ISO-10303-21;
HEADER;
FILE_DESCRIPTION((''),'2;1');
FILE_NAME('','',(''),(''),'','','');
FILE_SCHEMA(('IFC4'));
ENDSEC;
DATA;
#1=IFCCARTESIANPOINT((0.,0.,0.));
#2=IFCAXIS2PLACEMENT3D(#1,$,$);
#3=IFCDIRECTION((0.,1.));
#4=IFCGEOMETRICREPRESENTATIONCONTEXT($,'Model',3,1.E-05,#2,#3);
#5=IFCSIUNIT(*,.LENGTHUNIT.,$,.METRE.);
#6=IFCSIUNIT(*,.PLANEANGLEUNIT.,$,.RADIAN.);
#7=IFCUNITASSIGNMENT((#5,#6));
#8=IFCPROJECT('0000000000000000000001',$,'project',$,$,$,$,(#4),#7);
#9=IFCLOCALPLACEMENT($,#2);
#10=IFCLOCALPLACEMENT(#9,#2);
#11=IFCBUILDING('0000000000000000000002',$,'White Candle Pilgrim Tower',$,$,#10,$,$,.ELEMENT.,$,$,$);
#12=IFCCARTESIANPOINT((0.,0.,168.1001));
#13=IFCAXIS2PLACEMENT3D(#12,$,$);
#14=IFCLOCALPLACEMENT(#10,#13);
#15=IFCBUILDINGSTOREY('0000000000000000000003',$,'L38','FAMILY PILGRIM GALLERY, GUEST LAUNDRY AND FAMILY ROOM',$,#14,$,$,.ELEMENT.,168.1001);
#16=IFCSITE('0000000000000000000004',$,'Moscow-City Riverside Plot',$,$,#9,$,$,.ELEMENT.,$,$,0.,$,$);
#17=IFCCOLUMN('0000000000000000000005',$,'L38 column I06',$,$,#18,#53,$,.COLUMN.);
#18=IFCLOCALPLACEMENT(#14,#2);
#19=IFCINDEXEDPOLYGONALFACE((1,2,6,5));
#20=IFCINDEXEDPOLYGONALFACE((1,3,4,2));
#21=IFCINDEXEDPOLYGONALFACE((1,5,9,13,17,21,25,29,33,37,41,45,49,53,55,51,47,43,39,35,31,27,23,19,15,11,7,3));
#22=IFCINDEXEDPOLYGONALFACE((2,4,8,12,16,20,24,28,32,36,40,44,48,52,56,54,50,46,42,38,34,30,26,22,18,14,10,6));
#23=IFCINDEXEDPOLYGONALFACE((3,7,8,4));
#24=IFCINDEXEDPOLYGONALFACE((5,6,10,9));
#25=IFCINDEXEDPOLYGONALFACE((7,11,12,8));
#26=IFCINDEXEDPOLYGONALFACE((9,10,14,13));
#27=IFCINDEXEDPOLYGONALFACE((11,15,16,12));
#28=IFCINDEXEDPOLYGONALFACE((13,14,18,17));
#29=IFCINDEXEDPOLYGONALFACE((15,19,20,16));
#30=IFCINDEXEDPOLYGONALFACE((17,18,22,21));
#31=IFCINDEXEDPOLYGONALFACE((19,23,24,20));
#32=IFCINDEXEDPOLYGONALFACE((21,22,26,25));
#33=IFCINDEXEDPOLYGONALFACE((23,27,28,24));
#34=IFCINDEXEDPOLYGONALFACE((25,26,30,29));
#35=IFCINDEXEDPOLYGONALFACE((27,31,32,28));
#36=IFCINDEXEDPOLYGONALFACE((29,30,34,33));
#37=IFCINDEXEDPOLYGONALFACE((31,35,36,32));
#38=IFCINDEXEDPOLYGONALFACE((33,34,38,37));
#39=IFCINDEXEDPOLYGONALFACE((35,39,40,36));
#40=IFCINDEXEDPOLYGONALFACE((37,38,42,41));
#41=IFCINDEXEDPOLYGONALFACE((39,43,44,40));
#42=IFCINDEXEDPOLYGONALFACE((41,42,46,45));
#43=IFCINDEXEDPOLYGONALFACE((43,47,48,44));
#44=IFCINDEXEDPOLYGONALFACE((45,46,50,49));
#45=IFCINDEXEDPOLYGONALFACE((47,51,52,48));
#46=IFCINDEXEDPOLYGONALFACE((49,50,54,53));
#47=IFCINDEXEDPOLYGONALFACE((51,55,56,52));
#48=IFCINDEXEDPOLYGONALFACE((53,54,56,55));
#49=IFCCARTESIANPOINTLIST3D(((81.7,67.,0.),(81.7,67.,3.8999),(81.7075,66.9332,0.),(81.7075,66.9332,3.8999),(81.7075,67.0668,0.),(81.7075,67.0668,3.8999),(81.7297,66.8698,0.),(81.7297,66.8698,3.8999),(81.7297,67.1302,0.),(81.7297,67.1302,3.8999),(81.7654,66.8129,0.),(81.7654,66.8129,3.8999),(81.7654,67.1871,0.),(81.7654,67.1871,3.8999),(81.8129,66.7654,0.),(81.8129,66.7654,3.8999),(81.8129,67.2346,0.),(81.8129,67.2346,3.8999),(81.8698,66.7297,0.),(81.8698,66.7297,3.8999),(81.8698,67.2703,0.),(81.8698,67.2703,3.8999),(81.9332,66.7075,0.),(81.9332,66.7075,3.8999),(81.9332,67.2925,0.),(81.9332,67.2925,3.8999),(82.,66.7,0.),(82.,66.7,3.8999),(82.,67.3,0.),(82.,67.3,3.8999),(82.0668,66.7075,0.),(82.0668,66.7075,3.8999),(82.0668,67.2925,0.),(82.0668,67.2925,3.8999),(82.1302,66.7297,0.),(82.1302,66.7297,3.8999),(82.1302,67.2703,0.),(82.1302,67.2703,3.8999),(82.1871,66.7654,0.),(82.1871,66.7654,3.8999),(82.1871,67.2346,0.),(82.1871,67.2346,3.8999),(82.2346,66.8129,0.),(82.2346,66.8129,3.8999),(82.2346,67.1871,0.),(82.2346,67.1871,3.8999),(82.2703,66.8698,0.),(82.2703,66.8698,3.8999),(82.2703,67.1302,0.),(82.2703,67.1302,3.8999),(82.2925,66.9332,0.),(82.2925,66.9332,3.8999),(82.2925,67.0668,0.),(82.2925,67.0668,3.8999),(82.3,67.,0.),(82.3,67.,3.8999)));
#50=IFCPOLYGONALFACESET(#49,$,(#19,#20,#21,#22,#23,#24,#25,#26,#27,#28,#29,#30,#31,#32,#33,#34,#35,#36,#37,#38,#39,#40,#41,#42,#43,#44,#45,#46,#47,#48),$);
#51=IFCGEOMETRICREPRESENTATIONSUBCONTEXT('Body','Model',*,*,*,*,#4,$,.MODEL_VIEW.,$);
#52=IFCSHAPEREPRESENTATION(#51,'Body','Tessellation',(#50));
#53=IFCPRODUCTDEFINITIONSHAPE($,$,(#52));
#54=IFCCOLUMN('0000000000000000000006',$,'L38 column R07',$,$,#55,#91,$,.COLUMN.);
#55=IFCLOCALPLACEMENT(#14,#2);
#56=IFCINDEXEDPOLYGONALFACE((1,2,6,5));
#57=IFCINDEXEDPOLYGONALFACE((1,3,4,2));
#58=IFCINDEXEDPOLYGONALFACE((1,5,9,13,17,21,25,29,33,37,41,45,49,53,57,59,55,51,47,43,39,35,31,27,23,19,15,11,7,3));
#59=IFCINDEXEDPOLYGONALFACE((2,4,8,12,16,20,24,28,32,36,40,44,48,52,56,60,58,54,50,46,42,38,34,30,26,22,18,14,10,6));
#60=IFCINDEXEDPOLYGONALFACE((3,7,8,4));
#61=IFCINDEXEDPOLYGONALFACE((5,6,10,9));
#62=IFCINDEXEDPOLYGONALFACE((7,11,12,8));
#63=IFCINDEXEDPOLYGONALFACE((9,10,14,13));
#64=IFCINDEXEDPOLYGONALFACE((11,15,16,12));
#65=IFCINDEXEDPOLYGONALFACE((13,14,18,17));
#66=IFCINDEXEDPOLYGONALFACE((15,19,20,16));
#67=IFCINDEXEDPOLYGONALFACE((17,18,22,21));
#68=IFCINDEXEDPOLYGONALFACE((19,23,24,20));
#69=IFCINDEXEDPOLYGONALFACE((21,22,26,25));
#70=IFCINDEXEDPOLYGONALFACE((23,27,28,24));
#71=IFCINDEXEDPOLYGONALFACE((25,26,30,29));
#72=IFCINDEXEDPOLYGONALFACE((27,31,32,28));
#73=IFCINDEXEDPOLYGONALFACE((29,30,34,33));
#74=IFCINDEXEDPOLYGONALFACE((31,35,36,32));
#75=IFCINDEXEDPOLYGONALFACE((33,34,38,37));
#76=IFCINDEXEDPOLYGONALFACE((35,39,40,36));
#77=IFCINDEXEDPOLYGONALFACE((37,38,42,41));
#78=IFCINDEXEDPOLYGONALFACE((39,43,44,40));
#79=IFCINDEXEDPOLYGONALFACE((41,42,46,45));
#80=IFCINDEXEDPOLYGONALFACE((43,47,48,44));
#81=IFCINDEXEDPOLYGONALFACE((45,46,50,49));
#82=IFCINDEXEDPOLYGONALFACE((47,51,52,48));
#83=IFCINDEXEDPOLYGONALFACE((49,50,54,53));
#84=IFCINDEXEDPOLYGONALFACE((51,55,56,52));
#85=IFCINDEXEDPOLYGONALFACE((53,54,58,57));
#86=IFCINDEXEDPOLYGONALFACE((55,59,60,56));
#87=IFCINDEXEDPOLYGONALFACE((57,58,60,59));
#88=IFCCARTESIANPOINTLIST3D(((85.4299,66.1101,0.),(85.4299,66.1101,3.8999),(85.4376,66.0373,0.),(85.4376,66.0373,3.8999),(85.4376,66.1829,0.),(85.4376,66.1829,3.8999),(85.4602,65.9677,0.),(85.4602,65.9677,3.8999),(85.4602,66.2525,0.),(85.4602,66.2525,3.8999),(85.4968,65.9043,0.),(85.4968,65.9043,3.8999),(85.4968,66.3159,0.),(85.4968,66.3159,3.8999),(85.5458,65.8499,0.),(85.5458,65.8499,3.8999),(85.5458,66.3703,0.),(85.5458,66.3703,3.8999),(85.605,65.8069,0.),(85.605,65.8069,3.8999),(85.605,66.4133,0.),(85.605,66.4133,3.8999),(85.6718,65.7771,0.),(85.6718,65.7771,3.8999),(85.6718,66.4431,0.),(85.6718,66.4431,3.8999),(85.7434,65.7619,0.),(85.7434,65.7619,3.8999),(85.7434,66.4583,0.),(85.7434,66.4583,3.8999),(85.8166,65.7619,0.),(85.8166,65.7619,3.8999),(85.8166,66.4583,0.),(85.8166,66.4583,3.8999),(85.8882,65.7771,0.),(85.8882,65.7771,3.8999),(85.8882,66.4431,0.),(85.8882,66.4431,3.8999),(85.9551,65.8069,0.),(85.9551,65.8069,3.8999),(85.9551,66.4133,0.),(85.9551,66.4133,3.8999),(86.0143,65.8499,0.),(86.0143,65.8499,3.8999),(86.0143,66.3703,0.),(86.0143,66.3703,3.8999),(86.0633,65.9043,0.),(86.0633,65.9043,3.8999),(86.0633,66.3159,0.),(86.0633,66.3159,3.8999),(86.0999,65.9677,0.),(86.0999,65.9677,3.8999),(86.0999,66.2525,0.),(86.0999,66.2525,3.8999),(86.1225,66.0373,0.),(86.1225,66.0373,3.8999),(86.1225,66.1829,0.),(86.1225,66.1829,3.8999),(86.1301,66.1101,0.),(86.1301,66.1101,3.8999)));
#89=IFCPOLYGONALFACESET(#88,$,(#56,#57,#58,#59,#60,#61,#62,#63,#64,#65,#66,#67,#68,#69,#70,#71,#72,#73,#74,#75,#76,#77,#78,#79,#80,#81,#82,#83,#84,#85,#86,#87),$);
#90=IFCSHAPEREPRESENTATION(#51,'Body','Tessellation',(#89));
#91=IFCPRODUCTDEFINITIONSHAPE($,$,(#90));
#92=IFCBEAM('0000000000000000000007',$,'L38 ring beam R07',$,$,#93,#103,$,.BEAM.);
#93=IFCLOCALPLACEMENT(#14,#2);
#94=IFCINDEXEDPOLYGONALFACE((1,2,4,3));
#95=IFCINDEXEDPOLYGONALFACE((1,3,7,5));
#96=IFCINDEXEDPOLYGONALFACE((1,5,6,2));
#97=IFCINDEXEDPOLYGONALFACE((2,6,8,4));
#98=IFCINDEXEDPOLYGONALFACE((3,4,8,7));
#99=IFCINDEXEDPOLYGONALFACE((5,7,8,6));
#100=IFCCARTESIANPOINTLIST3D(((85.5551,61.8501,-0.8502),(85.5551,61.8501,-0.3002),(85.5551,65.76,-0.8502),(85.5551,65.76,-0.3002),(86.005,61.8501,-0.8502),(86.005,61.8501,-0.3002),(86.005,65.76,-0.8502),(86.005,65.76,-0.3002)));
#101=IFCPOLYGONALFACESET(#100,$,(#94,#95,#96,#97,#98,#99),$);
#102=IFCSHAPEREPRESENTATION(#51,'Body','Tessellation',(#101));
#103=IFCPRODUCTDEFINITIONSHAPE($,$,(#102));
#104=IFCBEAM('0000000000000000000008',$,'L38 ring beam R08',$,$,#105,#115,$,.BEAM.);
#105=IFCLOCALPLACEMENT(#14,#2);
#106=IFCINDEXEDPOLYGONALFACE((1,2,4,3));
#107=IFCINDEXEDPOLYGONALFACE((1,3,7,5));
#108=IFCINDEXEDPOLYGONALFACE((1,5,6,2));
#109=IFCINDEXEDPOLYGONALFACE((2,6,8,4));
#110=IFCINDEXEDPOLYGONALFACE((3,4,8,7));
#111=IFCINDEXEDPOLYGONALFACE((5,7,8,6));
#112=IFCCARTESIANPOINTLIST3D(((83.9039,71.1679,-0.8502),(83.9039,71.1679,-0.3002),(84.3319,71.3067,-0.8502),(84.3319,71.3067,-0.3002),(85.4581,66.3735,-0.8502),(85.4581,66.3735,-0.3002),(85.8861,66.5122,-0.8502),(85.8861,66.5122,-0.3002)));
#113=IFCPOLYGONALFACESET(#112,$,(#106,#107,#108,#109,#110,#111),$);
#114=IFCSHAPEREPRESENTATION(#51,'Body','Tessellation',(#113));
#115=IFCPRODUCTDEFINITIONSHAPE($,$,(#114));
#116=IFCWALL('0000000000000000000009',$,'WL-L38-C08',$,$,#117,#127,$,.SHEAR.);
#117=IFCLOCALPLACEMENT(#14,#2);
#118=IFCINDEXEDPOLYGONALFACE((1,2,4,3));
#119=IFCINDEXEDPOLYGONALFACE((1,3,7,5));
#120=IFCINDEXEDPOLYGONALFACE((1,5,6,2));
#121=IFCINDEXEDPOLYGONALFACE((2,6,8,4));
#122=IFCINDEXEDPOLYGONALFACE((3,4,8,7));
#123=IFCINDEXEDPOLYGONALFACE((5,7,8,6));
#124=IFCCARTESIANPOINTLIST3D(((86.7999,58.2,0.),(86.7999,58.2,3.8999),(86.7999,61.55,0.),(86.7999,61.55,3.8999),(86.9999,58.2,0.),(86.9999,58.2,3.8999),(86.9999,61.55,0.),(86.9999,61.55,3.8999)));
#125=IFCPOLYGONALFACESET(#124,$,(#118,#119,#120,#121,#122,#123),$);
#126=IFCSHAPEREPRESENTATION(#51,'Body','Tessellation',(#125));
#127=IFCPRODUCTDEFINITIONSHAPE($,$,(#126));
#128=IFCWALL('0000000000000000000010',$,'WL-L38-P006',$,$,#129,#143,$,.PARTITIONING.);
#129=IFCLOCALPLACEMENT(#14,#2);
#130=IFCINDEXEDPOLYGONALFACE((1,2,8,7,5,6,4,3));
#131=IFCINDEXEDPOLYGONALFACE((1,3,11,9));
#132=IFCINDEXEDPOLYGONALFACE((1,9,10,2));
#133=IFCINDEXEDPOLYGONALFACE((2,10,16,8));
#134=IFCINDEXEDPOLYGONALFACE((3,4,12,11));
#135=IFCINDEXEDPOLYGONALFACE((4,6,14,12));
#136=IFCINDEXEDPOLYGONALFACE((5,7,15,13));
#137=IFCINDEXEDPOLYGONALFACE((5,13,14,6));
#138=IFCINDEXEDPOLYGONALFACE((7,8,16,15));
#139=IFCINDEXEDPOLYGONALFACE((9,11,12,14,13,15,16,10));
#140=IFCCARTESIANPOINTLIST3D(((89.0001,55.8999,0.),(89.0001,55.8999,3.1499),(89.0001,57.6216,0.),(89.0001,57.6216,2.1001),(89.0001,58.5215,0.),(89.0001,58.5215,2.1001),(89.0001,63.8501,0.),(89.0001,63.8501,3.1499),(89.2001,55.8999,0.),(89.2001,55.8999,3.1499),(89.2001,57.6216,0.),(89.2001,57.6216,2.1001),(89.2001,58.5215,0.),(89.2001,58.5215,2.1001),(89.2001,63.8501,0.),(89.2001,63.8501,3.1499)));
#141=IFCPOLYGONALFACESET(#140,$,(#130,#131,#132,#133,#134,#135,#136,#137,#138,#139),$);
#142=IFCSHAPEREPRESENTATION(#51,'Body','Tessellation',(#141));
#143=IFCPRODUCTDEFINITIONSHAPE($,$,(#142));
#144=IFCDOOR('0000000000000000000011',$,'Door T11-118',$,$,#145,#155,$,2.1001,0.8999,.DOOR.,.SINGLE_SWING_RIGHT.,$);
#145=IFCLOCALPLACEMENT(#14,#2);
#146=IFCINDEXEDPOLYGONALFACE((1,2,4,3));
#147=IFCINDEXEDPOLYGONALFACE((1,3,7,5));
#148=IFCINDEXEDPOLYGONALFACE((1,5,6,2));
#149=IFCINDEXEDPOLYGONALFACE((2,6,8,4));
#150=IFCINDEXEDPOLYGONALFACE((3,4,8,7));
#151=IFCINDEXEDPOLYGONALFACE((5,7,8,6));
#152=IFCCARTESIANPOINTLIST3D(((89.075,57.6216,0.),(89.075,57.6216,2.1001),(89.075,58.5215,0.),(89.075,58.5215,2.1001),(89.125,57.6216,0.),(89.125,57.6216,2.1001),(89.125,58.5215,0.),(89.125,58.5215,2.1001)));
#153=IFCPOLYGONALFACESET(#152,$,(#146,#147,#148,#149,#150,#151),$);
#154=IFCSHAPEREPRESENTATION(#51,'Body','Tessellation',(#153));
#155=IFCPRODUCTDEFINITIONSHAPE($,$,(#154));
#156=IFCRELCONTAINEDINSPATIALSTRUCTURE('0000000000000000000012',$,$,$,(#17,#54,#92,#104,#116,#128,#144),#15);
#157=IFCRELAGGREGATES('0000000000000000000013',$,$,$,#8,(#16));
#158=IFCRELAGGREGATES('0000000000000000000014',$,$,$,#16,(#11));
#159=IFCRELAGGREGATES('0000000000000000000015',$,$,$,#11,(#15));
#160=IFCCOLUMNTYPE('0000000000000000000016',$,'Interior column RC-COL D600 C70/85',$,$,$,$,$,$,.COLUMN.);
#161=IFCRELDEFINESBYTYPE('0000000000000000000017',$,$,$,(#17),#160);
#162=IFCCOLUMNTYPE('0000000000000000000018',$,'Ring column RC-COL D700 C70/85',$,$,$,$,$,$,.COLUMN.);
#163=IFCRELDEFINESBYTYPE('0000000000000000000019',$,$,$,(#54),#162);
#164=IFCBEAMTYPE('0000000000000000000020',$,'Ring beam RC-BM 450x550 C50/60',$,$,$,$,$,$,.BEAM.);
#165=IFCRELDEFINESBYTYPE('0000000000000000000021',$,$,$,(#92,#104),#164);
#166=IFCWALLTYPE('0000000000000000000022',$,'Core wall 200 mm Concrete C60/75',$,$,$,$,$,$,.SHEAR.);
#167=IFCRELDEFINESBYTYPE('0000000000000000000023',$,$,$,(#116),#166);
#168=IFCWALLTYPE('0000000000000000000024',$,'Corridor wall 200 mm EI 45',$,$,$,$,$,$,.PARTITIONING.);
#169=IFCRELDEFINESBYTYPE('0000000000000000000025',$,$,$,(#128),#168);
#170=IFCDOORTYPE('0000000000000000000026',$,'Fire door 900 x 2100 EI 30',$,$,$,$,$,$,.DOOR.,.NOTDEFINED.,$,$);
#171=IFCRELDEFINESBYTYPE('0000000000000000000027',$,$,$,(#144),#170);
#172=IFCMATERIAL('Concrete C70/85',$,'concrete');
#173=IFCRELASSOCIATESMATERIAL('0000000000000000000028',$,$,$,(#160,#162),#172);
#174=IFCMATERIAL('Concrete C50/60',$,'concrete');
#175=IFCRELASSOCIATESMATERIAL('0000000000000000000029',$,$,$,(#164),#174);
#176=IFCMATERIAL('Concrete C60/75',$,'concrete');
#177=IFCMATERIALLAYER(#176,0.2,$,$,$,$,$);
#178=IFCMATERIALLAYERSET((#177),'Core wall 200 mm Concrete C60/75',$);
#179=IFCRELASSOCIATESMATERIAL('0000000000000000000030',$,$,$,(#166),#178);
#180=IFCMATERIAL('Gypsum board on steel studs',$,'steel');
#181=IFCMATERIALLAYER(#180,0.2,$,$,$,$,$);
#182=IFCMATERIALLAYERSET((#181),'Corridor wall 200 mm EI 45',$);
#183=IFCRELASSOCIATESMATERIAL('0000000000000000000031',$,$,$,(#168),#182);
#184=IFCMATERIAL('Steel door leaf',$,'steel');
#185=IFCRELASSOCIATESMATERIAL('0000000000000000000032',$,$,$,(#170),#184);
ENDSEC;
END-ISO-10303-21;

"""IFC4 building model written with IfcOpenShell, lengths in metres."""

from ifc_helpers import new_model, si_unit, direction, frame, frame_2d, origin, origin_2d, place, context, subcontext, project, spatial, rectangle, circle, extrude, material, layer, layer_set, material_profile, profile_set, type_object, element, fill, save


model = new_model("IFC4")

# Units and contexts
model_context = context("Model", 3, precision=1e-05, world=origin(), true_north=direction((0.0, 1.0)))
body_context = subcontext(model_context, "Body", "Model", "MODEL_VIEW")
ifc_project = project(units=[si_unit("LENGTHUNIT", "METRE"), si_unit("PLANEANGLEUNIT", "RADIAN")], contexts=[model_context])

# Site, building, storey
site_placement = place(None, origin())
site = spatial("IfcSite", under=ifc_project, at=site_placement, Name="Moscow-City Riverside Plot", CompositionType="ELEMENT", RefElevation=0.0)
building_placement = place(site_placement, origin())
building = spatial("IfcBuilding", under=site, at=building_placement, Name="White Candle Pilgrim Tower", CompositionType="ELEMENT")
storey_placement = place(building_placement, frame((0.0, 0.0, 168.1001)))
storey = spatial("IfcBuildingStorey", under=building, at=storey_placement, Name="L38", Description="FAMILY PILGRIM GALLERY, GUEST LAUNDRY AND FAMILY ROOM", CompositionType="ELEMENT", Elevation=168.1001)

# Columns
ifc_material_1 = material(Name="Concrete C70/85", Category="concrete")
ifc_material_profile_1 = material_profile(ifc_material_1, circle(Radius=0.3, at=origin_2d()), Name="RC-COL D600")
ifc_profile_set_1 = profile_set([ifc_material_profile_1], Name="Concrete C70/85")
column_type_1 = type_object("IfcColumnType", Name="Interior column RC-COL D600 C70/85", PredefinedType="COLUMN", material=ifc_profile_set_1)
column_1_placement = place(storey_placement, frame((82.0, 67.0, 0.0), z_axis=(0.0, 0.0, 1.0), x_axis=(1.0, 0.0, 0.0)))
element("IfcColumn", 1, at=column_1_placement, inside=storey, type_object=column_type_1, Name="L38 column I06", PredefinedType="COLUMN", context=body_context, shape_type="SweptSolid", body=[
    extrude(circle(Radius=0.3, at=origin_2d()), origin(), (0.0, 0.0, 1.0), 3.8999),
])
ifc_material_profile_2 = material_profile(ifc_material_1, circle(Radius=0.3501, at=origin_2d()), Name="RC-COL D700")
ifc_profile_set_2 = profile_set([ifc_material_profile_2], Name="Concrete C70/85")
column_type_2 = type_object("IfcColumnType", Name="Ring column RC-COL D700 C70/85", PredefinedType="COLUMN", material=ifc_profile_set_2)
column_2_placement = place(storey_placement, frame((85.78, 66.1101, 0.0), z_axis=(0.0, 0.0, 1.0), x_axis=(1.0, 0.0, 0.0)))
element("IfcColumn", 2, at=column_2_placement, inside=storey, type_object=column_type_2, Name="L38 column R07", PredefinedType="COLUMN", context=body_context, shape_type="SweptSolid", body=[
    extrude(circle(Radius=0.3501, at=origin_2d()), origin(), (0.0, 0.0, 1.0), 3.8999),
])

# Beams
ifc_material_2 = material(Name="Concrete C50/60", Category="concrete")
ifc_material_profile_3 = material_profile(ifc_material_2, rectangle(XDim=0.45, YDim=0.55, at=origin_2d()), Name="RC-BM 450x550")
ifc_profile_set_3 = profile_set([ifc_material_profile_3], Name="Concrete C50/60")
beam_type = type_object("IfcBeamType", Name="Ring beam RC-BM 450x550 C50/60", PredefinedType="BEAM", material=ifc_profile_set_3)
beam_1_placement = place(storey_placement, frame((85.78, 65.76, -0.5752), z_axis=(0.0, -1.0, 0.0), x_axis=(1.0, 0.0, 0.0)))
element("IfcBeam", 3, at=beam_1_placement, inside=storey, type_object=beam_type, Name="L38 ring beam R07", PredefinedType="BEAM", context=body_context, shape_type="SweptSolid", body=[
    extrude(rectangle(XDim=0.45, YDim=0.55, at=origin_2d()), origin(), (0.0, 0.0, 1.0), 3.9099),
])
beam_2_placement = place(storey_placement, frame((85.6721, 66.4429, -0.5752), z_axis=(-0.30837, 0.951267, 0.0), x_axis=(-0.951267, -0.30837, 0.0)))
element("IfcBeam", 4, at=beam_2_placement, inside=storey, type_object=beam_type, Name="L38 ring beam R08", PredefinedType="BEAM", context=body_context, shape_type="SweptSolid", body=[
    extrude(rectangle(XDim=0.45, YDim=0.55, at=origin_2d()), origin(), (0.0, 0.0, 1.0), 5.04),
])

# Wall
ifc_material_3 = material(Name="Concrete C60/75", Category="concrete")
ifc_layer_1 = layer(ifc_material_3, 0.2)
ifc_layer_set_1 = layer_set([ifc_layer_1], Name="Core wall 200 mm Concrete C60/75")
wall_type_1 = type_object("IfcWallType", Name="Core wall 200 mm Concrete C60/75", PredefinedType="SHEAR", material=ifc_layer_set_1)
wall_1_placement = place(storey_placement, frame((86.8999, 58.2, 0.0), z_axis=(0.0, 0.0, 1.0), x_axis=(0.0, 1.0, 0.0)))
element("IfcWall", 5, at=wall_1_placement, inside=storey, type_object=wall_type_1, Name="WL-L38-C08", PredefinedType="SHEAR", context=body_context, shape_type="SweptSolid", body=[
    extrude(rectangle(XDim=3.3501, YDim=0.2, at=frame_2d((1.675, 0.0))), origin(), (0.0, 0.0, 1.0), 3.8999),
])

# Wall, opening, door
ifc_material_4 = material(Name="Gypsum board on steel studs", Category="steel")
ifc_layer_2 = layer(ifc_material_4, 0.2)
ifc_layer_set_2 = layer_set([ifc_layer_2], Name="Corridor wall 200 mm EI 45")
wall_type_2 = type_object("IfcWallType", Name="Corridor wall 200 mm EI 45", PredefinedType="PARTITIONING", material=ifc_layer_set_2)
wall_2_placement = place(storey_placement, frame((89.1001, 63.8501, 0.0), z_axis=(0.0, 0.0, 1.0), x_axis=(0.0, -1.0, 0.0)))
wall_2 = element("IfcWall", 6, at=wall_2_placement, inside=storey, type_object=wall_type_2, Name="WL-L38-P006", PredefinedType="PARTITIONING", context=body_context, shape_type="SweptSolid", body=[
    extrude(rectangle(XDim=7.9502, YDim=0.2, at=frame_2d((3.9751, 0.0))), origin(), (0.0, 0.0, 1.0), 3.1499),
])
opening_1_placement = place(wall_2_placement, frame((5.3286, 0.0, 0.0)))
opening_1 = element("IfcOpeningElement", 7, at=opening_1_placement, cuts=wall_2, PredefinedType="OPENING", context=body_context, shape_type="SweptSolid", body=[
    extrude(rectangle(XDim=0.8999, YDim=2.1001, at=frame_2d((0.45, 1.05))), frame((0.0, 0.1099, 0.0), z_axis=(0.0, -1.0, 0.0), x_axis=(1.0, 0.0, 0.0)), (0.0, 0.0, 1.0), 0.22),
])
ifc_material_5 = material(Name="Steel door leaf", Category="steel")
door_type_1 = type_object("IfcDoorType", Name="Fire door 900 x 2100 EI 30", OperationType="NOTDEFINED", PredefinedType="DOOR", material=ifc_material_5)
door_1_placement = place(opening_1_placement, origin())
door_1 = element("IfcDoor", 8, at=door_1_placement, inside=storey, type_object=door_type_1, Name="Door T11-118", OperationType="SINGLE_SWING_RIGHT", OverallHeight=2.1001, OverallWidth=0.8999, PredefinedType="DOOR", context=body_context, shape_type="SweptSolid", body=[
    extrude(rectangle(XDim=0.8999, YDim=2.1001, at=frame_2d((0.45, 1.05))), frame((0.0, 0.0249, 0.0), z_axis=(0.0, -1.0, 0.0), x_axis=(1.0, 0.0, 0.0)), (0.0, 0.0, 1.0), 0.05),
])
fill(opening_1, door_1)

save(model, "model.ifc")
